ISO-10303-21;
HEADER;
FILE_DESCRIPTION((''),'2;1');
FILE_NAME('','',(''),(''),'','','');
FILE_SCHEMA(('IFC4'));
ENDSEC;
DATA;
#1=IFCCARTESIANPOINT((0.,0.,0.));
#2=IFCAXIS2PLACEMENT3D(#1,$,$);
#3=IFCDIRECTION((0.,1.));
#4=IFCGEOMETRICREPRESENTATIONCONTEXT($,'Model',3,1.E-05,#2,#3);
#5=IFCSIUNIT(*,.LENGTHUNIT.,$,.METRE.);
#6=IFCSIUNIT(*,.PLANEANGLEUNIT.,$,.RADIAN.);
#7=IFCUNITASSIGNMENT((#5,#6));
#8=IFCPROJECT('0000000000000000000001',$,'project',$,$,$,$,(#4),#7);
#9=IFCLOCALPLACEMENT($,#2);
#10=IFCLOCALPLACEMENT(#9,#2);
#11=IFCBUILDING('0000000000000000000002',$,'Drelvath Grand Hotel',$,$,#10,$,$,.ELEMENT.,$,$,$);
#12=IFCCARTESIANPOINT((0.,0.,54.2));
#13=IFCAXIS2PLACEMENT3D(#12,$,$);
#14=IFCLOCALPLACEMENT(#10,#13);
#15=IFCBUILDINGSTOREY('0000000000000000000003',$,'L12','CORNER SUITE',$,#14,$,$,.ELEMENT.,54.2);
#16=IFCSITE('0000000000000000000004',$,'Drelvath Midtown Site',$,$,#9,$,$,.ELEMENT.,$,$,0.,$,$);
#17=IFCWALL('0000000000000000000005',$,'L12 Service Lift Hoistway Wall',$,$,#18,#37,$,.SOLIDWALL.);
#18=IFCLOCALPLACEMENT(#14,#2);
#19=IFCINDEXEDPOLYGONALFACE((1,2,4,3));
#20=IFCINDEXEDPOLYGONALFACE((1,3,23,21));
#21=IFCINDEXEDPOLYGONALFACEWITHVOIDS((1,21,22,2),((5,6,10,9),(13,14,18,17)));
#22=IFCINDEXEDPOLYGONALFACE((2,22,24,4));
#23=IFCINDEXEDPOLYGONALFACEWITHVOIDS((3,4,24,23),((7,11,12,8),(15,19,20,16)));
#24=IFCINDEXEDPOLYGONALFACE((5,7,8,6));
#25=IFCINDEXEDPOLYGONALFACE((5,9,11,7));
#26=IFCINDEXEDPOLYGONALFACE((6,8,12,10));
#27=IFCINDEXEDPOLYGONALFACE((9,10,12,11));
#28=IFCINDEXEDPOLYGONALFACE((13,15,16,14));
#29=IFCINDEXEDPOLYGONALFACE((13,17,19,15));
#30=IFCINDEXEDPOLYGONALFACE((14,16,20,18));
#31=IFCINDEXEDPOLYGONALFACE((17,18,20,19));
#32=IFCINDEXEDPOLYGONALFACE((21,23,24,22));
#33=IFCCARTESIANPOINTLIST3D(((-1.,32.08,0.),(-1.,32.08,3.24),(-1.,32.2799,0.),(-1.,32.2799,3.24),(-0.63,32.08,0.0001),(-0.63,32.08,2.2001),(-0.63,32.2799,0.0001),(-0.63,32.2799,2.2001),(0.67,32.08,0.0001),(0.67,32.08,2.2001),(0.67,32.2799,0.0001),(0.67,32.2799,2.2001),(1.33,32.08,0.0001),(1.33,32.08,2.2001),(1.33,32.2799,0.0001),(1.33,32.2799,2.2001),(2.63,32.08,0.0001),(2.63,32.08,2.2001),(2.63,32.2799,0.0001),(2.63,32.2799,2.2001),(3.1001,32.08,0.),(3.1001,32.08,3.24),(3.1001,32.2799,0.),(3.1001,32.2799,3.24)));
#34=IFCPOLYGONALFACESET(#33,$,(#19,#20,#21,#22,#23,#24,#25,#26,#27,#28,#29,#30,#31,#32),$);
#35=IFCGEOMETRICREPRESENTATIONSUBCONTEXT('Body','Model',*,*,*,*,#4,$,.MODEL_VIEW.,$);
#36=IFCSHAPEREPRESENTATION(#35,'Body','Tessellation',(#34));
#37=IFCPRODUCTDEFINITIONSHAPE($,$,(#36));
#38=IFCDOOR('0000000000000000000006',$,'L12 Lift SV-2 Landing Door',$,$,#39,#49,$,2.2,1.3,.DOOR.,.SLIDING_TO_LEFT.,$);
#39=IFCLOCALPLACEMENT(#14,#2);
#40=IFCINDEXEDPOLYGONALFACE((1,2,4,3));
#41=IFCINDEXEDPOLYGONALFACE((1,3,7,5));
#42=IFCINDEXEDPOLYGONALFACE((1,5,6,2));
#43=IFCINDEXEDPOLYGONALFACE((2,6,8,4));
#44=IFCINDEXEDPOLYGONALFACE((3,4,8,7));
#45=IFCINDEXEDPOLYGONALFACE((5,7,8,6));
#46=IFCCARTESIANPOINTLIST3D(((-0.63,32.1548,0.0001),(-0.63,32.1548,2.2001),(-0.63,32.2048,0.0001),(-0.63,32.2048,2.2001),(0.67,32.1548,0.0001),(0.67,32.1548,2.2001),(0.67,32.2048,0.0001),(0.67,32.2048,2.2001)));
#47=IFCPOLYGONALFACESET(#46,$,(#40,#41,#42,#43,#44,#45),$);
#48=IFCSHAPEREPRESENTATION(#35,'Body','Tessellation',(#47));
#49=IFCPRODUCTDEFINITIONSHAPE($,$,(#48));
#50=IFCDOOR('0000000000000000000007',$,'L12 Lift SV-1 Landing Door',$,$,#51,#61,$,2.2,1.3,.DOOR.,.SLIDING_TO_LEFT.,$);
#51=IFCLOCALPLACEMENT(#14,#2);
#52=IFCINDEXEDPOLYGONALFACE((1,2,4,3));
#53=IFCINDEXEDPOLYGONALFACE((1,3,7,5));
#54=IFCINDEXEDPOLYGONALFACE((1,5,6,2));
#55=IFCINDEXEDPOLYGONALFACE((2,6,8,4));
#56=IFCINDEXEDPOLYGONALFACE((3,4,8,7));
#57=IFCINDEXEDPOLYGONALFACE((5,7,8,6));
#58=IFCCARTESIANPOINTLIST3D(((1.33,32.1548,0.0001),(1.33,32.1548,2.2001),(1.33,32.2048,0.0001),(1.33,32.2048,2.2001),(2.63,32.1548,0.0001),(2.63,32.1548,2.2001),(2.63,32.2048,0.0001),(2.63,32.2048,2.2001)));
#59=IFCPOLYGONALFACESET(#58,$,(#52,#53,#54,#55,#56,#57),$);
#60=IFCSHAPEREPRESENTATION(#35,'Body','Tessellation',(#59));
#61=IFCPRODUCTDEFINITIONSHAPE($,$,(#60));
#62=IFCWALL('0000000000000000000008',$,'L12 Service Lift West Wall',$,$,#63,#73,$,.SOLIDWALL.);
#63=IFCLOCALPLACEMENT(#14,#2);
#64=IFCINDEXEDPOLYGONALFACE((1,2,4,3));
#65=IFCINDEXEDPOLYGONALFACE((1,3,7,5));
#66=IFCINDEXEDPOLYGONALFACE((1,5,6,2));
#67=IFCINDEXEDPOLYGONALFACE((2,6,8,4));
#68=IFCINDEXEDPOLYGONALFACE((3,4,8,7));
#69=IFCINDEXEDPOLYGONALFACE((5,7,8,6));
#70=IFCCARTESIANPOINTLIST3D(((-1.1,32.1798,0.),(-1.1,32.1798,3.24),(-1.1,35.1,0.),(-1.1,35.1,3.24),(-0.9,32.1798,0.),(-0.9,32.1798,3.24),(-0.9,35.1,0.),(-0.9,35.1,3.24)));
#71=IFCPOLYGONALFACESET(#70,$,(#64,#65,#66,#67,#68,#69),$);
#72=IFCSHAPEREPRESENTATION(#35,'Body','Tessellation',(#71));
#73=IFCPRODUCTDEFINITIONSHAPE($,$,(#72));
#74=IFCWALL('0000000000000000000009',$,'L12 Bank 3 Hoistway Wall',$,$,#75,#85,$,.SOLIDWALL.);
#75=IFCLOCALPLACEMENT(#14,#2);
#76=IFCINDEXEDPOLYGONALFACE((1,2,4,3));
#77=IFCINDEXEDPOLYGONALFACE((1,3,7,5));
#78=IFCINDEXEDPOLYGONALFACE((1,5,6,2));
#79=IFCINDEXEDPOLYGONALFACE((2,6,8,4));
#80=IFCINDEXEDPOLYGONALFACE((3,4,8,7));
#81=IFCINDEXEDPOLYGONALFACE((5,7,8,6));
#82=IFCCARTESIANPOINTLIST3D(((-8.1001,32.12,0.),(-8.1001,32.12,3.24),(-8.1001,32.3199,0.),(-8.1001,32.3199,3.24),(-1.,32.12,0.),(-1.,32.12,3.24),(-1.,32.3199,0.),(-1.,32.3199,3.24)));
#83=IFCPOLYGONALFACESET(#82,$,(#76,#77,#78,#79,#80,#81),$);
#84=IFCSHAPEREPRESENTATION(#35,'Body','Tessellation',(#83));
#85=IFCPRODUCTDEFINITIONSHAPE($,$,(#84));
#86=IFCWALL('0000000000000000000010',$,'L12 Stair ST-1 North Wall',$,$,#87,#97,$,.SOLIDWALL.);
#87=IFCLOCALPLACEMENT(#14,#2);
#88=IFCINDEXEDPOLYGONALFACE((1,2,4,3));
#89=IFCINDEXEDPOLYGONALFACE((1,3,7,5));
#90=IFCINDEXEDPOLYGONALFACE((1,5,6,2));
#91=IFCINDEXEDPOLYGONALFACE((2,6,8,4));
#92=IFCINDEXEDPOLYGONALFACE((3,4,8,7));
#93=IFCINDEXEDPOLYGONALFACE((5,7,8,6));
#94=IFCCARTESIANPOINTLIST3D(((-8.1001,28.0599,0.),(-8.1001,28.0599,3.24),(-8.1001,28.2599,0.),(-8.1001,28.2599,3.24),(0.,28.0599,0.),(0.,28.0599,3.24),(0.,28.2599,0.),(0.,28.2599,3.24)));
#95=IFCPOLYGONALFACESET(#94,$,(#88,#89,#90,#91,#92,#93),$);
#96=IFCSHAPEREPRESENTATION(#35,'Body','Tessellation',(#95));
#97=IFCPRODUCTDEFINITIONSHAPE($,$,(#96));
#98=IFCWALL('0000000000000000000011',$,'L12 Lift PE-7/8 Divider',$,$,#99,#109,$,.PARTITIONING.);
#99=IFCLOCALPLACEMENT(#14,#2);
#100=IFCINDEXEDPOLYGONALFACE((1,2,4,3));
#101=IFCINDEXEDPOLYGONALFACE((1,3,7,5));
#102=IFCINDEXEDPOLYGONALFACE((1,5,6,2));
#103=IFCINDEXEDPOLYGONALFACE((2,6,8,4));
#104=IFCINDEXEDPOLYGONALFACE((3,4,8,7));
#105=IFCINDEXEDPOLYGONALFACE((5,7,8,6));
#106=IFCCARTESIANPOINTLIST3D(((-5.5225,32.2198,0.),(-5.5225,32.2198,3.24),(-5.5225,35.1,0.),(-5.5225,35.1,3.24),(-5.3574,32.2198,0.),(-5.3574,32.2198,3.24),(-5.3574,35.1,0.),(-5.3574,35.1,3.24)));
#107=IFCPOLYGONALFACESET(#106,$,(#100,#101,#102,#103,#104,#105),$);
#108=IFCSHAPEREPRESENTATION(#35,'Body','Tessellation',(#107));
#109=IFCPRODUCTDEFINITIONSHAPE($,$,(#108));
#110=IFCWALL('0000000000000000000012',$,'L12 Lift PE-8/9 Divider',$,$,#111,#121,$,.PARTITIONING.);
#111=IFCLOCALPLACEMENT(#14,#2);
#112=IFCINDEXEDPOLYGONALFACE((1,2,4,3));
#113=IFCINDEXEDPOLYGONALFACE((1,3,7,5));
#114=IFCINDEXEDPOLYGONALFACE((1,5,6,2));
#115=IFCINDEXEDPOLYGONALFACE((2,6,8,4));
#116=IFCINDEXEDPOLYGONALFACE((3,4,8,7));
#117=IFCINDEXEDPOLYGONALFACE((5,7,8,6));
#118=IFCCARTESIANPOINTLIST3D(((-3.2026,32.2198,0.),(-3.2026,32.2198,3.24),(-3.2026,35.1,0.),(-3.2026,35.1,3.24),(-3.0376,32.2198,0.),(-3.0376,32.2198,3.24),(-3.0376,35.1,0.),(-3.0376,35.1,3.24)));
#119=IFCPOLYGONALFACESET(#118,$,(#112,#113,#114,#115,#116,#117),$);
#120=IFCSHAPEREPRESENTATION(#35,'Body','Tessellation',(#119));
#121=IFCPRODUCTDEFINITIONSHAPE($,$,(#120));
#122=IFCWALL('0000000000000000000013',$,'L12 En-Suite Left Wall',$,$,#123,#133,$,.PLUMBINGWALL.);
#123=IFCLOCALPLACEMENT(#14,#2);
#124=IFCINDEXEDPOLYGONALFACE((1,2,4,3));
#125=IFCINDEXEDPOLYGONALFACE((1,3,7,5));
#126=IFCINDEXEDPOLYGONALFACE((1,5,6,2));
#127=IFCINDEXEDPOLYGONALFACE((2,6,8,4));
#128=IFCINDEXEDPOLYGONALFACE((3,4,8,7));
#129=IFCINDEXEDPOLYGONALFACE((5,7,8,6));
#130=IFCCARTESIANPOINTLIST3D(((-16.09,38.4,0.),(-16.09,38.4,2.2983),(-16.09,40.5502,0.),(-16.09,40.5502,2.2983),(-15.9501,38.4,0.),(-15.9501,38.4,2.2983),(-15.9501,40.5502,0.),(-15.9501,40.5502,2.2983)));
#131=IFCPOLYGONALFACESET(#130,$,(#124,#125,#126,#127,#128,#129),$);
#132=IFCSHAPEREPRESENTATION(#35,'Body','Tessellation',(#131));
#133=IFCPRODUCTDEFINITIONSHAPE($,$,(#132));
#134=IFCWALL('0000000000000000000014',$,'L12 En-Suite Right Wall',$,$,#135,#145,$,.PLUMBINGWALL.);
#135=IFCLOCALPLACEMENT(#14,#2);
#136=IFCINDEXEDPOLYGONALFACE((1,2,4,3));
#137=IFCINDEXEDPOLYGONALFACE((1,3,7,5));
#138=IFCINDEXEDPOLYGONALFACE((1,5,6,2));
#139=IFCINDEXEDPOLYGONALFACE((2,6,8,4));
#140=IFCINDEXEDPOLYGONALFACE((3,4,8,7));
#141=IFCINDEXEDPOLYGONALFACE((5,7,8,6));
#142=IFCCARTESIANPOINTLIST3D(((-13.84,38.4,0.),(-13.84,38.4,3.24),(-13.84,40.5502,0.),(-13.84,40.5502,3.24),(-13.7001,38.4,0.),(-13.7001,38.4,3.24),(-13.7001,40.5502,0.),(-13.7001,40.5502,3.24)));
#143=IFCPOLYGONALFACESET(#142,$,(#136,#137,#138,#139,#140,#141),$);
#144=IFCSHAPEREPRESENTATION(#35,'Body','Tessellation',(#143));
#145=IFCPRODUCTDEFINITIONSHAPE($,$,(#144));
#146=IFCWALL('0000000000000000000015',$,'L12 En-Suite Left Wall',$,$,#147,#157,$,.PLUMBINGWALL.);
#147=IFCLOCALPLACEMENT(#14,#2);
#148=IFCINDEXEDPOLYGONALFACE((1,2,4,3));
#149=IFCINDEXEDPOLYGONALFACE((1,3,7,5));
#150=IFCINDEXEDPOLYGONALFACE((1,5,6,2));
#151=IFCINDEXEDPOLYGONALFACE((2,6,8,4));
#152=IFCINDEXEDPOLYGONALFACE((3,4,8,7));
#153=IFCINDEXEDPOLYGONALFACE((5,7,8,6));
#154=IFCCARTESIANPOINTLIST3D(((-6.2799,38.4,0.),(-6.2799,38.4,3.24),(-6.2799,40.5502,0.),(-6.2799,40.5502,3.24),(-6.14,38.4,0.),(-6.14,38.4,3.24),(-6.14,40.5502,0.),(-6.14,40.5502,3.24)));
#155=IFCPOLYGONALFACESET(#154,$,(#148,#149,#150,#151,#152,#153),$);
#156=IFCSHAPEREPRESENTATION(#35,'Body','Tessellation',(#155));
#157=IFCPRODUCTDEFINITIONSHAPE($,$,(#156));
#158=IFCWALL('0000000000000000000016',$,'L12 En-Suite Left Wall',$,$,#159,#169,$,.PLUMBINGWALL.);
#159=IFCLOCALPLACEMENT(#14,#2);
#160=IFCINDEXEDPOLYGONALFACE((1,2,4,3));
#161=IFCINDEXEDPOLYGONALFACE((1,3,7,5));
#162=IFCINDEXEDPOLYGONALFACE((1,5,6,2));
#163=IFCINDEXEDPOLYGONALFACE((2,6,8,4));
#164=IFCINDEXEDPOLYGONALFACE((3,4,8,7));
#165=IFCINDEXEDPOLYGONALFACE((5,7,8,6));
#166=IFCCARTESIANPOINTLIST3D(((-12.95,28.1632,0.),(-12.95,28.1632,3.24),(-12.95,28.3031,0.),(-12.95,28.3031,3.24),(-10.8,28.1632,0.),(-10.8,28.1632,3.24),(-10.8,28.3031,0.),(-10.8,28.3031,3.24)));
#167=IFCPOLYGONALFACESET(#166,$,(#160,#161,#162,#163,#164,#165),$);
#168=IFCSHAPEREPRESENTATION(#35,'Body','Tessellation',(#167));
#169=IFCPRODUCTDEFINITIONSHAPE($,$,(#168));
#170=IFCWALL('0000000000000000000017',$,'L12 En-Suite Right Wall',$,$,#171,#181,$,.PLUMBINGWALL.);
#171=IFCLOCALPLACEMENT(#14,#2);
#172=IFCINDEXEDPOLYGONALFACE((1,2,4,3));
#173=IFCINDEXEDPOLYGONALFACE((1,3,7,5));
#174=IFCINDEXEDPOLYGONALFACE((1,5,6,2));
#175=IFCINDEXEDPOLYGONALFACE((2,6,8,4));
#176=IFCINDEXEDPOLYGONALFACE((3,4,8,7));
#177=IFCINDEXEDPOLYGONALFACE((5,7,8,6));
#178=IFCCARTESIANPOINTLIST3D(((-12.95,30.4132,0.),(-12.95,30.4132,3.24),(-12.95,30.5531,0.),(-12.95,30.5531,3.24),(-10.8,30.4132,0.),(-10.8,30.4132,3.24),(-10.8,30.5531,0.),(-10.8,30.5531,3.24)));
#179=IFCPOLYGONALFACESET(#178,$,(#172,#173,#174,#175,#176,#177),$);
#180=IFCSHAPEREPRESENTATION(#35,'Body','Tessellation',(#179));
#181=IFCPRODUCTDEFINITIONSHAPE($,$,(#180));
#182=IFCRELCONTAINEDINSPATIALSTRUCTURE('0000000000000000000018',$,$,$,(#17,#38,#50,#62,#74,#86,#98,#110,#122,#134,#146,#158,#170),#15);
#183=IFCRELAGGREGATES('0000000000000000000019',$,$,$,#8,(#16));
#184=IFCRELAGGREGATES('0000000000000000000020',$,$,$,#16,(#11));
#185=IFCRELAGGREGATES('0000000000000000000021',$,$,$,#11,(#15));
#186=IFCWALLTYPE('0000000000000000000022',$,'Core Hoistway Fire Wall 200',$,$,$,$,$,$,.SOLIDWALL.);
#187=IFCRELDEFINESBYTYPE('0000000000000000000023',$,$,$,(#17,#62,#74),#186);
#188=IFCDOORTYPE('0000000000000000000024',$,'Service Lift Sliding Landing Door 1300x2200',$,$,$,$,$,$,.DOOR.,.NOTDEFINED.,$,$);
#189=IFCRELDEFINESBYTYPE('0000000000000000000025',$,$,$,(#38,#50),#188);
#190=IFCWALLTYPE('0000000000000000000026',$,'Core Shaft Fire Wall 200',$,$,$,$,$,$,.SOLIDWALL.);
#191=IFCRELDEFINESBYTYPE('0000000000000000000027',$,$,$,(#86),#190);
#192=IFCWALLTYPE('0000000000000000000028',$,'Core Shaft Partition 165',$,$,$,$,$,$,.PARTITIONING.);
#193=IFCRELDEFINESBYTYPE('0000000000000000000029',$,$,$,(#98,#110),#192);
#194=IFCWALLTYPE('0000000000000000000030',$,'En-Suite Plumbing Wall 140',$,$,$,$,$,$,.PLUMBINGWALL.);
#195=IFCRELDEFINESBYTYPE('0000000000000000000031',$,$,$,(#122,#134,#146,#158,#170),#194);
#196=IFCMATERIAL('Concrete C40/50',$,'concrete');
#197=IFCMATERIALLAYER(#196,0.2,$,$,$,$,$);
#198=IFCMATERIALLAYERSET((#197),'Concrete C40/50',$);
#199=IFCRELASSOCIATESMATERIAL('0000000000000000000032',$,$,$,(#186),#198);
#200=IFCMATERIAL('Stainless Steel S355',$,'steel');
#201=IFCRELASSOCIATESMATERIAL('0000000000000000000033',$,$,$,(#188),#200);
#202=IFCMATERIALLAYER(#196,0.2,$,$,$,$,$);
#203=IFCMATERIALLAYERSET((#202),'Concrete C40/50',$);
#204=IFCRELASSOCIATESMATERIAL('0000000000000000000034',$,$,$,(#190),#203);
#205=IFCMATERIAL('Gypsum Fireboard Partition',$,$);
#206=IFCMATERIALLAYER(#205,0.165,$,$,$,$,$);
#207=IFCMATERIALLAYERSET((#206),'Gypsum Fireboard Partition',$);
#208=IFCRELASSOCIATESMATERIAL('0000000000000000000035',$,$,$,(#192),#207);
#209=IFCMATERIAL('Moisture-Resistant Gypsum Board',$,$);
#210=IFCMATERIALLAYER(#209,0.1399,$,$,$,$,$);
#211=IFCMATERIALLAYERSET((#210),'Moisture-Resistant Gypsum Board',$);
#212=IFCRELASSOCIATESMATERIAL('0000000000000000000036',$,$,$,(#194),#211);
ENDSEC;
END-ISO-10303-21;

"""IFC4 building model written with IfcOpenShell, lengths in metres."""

from ifc_helpers import new_model, si_unit, direction, frame, frame_2d, origin, place, context, subcontext, project, spatial, rectangle, extrude, material, layer, layer_set, type_object, element, fill, save


model = new_model("IFC4")

# Units and contexts
model_context = context("Model", 3, precision=1e-05, world=origin(), true_north=direction((0.0, 1.0)))
body_context = subcontext(model_context, "Body", "Model", "MODEL_VIEW")
ifc_project = project(units=[si_unit("LENGTHUNIT", "METRE"), si_unit("PLANEANGLEUNIT", "RADIAN")], contexts=[model_context])

# Site, building, storey
site_placement = place(None, origin())
site = spatial("IfcSite", under=ifc_project, at=site_placement, Name="Drelvath Midtown Site", CompositionType="ELEMENT", RefElevation=0.0)
building_placement = place(site_placement, origin())
building = spatial("IfcBuilding", under=site, at=building_placement, Name="Drelvath Grand Hotel", CompositionType="ELEMENT")
storey_placement = place(building_placement, frame((0.0, 0.0, 54.2)))
storey = spatial("IfcBuildingStorey", under=building, at=storey_placement, Name="L12", Description="CORNER SUITE", CompositionType="ELEMENT", Elevation=54.2)

# Wall, openings, doors
ifc_material_1 = material(Name="Concrete C40/50", Category="concrete")
ifc_layer_1 = layer(ifc_material_1, 0.2)
ifc_layer_set_1 = layer_set([ifc_layer_1], Name="Concrete C40/50")
wall_type_1 = type_object("IfcWallType", Name="Core Hoistway Fire Wall 200", PredefinedType="SOLIDWALL", material=ifc_layer_set_1)
wall_1_placement = place(storey_placement, frame((-1.0, 32.1799, 0.0), z_axis=(0.0, 0.0, 1.0), x_axis=(1.0, 0.0, 0.0)))
wall_1 = element("IfcWall", 1, at=wall_1_placement, inside=storey, type_object=wall_type_1, Name="L12 Service Lift Hoistway Wall", PredefinedType="SOLIDWALL", context=body_context, shape_type="SweptSolid", body=[
    extrude(rectangle(XDim=4.1001, YDim=0.2, at=frame_2d((2.05, 0.0))), origin(), (0.0, 0.0, 1.0), 3.24),
])
opening_1_placement = place(wall_1_placement, frame((0.3701, 0.0, 0.0)))
opening_1 = element("IfcOpeningElement", 2, at=opening_1_placement, cuts=wall_1, PredefinedType="OPENING", context=body_context, shape_type="SweptSolid", body=[
    extrude(rectangle(XDim=1.3, YDim=2.2, at=frame_2d((0.6499, 1.1001))), frame((0.0, 0.1099, 0.0), z_axis=(0.0, -1.0, 0.0), x_axis=(1.0, 0.0, 0.0)), (0.0, 0.0, 1.0), 0.22),
])
opening_2_placement = place(wall_1_placement, frame((2.3301, 0.0, 0.0)))
opening_2 = element("IfcOpeningElement", 3, at=opening_2_placement, cuts=wall_1, PredefinedType="OPENING", context=body_context, shape_type="SweptSolid", body=[
    extrude(rectangle(XDim=1.3, YDim=2.2, at=frame_2d((0.6499, 1.1001))), frame((0.0, 0.1099, 0.0), z_axis=(0.0, -1.0, 0.0), x_axis=(1.0, 0.0, 0.0)), (0.0, 0.0, 1.0), 0.22),
])
ifc_material_2 = material(Name="Stainless Steel S355", Category="steel")
door_type_1 = type_object("IfcDoorType", Name="Service Lift Sliding Landing Door 1300x2200", OperationType="NOTDEFINED", PredefinedType="DOOR", material=ifc_material_2)
door_1_placement = place(opening_1_placement, origin())
door_1 = element("IfcDoor", 4, at=door_1_placement, inside=storey, type_object=door_type_1, Name="L12 Lift SV-2 Landing Door", OperationType="SLIDING_TO_LEFT", OverallHeight=2.2, OverallWidth=1.3, PredefinedType="DOOR", context=body_context, shape_type="SweptSolid", body=[
    extrude(rectangle(XDim=1.3, YDim=2.2, at=frame_2d((0.6499, 1.1001))), frame((0.0, 0.0249, 0.0), z_axis=(0.0, -1.0, 0.0), x_axis=(1.0, 0.0, 0.0)), (0.0, 0.0, 1.0), 0.05),
])
fill(opening_1, door_1)
door_2_placement = place(opening_2_placement, origin())
door_2 = element("IfcDoor", 5, at=door_2_placement, inside=storey, type_object=door_type_1, Name="L12 Lift SV-1 Landing Door", OperationType="SLIDING_TO_LEFT", OverallHeight=2.2, OverallWidth=1.3, PredefinedType="DOOR", context=body_context, shape_type="SweptSolid", body=[
    extrude(rectangle(XDim=1.3, YDim=2.2, at=frame_2d((0.6499, 1.1001))), frame((0.0, 0.0249, 0.0), z_axis=(0.0, -1.0, 0.0), x_axis=(1.0, 0.0, 0.0)), (0.0, 0.0, 1.0), 0.05),
])
fill(opening_2, door_2)

# Walls
wall_2_placement = place(storey_placement, frame((-1.0, 32.1799, 0.0), z_axis=(0.0, 0.0, 1.0), x_axis=(0.0, 1.0, 0.0)))
element("IfcWall", 6, at=wall_2_placement, inside=storey, type_object=wall_type_1, Name="L12 Service Lift West Wall", PredefinedType="SOLIDWALL", context=body_context, shape_type="SweptSolid", body=[
    extrude(rectangle(XDim=2.9202, YDim=0.2, at=frame_2d((1.46, 0.0))), origin(), (0.0, 0.0, 1.0), 3.24),
])
wall_3_placement = place(storey_placement, frame((-8.1001, 32.22, 0.0), z_axis=(0.0, 0.0, 1.0), x_axis=(1.0, 0.0, 0.0)))
element("IfcWall", 7, at=wall_3_placement, inside=storey, type_object=wall_type_1, Name="L12 Bank 3 Hoistway Wall", PredefinedType="SOLIDWALL", context=body_context, shape_type="SweptSolid", body=[
    extrude(rectangle(XDim=7.1001, YDim=0.2, at=frame_2d((3.55, 0.0))), origin(), (0.0, 0.0, 1.0), 3.24),
])
ifc_layer_2 = layer(ifc_material_1, 0.2)
ifc_layer_set_2 = layer_set([ifc_layer_2], Name="Concrete C40/50")
wall_type_2 = type_object("IfcWallType", Name="Core Shaft Fire Wall 200", PredefinedType="SOLIDWALL", material=ifc_layer_set_2)
wall_4_placement = place(storey_placement, frame((-8.1001, 28.1599, 0.0), z_axis=(0.0, 0.0, 1.0), x_axis=(1.0, 0.0, 0.0)))
element("IfcWall", 8, at=wall_4_placement, inside=storey, type_object=wall_type_2, Name="L12 Stair ST-1 North Wall", PredefinedType="SOLIDWALL", context=body_context, shape_type="SweptSolid", body=[
    extrude(rectangle(XDim=8.1001, YDim=0.2, at=frame_2d((4.05, 0.0))), origin(), (0.0, 0.0, 1.0), 3.24),
])
ifc_material_3 = material(Name="Gypsum Fireboard Partition")
ifc_layer_3 = layer(ifc_material_3, 0.165)
ifc_layer_set_3 = layer_set([ifc_layer_3], Name="Gypsum Fireboard Partition")
wall_type_3 = type_object("IfcWallType", Name="Core Shaft Partition 165", PredefinedType="PARTITIONING", material=ifc_layer_set_3)
for number, where, z_axis, x_axis, name in (
    (9, (-5.4399, 32.22, 0.0), (0.0, 0.0, 1.0), (0.0, 1.0, 0.0), "L12 Lift PE-7/8 Divider"),
    (10, (-3.1201, 32.22, 0.0), (0.0, 0.0, 1.0), (0.0, 1.0, 0.0), "L12 Lift PE-8/9 Divider"),
):
    element("IfcWall", number, at=place(storey_placement, frame(where, z_axis=z_axis, x_axis=x_axis)), inside=storey, type_object=wall_type_3, Name=name, PredefinedType="PARTITIONING", context=body_context, shape_type="SweptSolid", body=[
        extrude(rectangle(XDim=2.8801, YDim=0.165, at=frame_2d((1.4399, 0.0))), origin(), (0.0, 0.0, 1.0), 3.24),
    ])
ifc_material_4 = material(Name="Moisture-Resistant Gypsum Board")
ifc_layer_4 = layer(ifc_material_4, 0.1399)
ifc_layer_set_4 = layer_set([ifc_layer_4], Name="Moisture-Resistant Gypsum Board")
wall_type_4 = type_object("IfcWallType", Name="En-Suite Plumbing Wall 140", PredefinedType="PLUMBINGWALL", material=ifc_layer_set_4)
wall_5_placement = place(storey_placement, frame((-16.02, 38.3999, 0.0), z_axis=(0.0, 0.0, 1.0), x_axis=(0.0, 1.0, 0.0)))
element("IfcWall", 11, at=wall_5_placement, inside=storey, type_object=wall_type_4, Name="L12 En-Suite Left Wall", PredefinedType="PLUMBINGWALL", context=body_context, shape_type="SweptSolid", body=[
    extrude(rectangle(XDim=2.1501, YDim=0.1399, at=frame_2d((1.0752, 0.0))), origin(), (0.0, 0.0, 1.0), 2.2983),
])
for number, where, z_axis, x_axis, name in (
    (12, (-13.77, 38.3999, 0.0), (0.0, 0.0, 1.0), (0.0, 1.0, 0.0), "L12 En-Suite Right Wall"),
    (13, (-6.21, 38.3999, 0.0), (0.0, 0.0, 1.0), (0.0, 1.0, 0.0), "L12 En-Suite Left Wall"),
):
    element("IfcWall", number, at=place(storey_placement, frame(where, z_axis=z_axis, x_axis=x_axis)), inside=storey, type_object=wall_type_4, Name=name, PredefinedType="PLUMBINGWALL", context=body_context, shape_type="SweptSolid", body=[
        extrude(rectangle(XDim=2.1501, YDim=0.1399, at=frame_2d((1.0752, 0.0))), origin(), (0.0, 0.0, 1.0), 3.24),
    ])
for number, where, z_axis, x_axis, name in (
    (14, (-10.8, 28.2332, 0.0), (0.0, 0.0, 1.0), (-1.0, 0.0, 0.0), "L12 En-Suite Left Wall"),
    (15, (-10.8, 30.4832, 0.0), (0.0, 0.0, 1.0), (-1.0, 0.0, 0.0), "L12 En-Suite Right Wall"),
):
    element("IfcWall", number, at=place(storey_placement, frame(where, z_axis=z_axis, x_axis=x_axis)), inside=storey, type_object=wall_type_4, Name=name, PredefinedType="PLUMBINGWALL", context=body_context, shape_type="SweptSolid", body=[
        extrude(rectangle(XDim=2.1499, YDim=0.1399, at=frame_2d((1.075, 0.0))), origin(), (0.0, 0.0, 1.0), 3.24),
    ])

save(model, "model.ifc")
